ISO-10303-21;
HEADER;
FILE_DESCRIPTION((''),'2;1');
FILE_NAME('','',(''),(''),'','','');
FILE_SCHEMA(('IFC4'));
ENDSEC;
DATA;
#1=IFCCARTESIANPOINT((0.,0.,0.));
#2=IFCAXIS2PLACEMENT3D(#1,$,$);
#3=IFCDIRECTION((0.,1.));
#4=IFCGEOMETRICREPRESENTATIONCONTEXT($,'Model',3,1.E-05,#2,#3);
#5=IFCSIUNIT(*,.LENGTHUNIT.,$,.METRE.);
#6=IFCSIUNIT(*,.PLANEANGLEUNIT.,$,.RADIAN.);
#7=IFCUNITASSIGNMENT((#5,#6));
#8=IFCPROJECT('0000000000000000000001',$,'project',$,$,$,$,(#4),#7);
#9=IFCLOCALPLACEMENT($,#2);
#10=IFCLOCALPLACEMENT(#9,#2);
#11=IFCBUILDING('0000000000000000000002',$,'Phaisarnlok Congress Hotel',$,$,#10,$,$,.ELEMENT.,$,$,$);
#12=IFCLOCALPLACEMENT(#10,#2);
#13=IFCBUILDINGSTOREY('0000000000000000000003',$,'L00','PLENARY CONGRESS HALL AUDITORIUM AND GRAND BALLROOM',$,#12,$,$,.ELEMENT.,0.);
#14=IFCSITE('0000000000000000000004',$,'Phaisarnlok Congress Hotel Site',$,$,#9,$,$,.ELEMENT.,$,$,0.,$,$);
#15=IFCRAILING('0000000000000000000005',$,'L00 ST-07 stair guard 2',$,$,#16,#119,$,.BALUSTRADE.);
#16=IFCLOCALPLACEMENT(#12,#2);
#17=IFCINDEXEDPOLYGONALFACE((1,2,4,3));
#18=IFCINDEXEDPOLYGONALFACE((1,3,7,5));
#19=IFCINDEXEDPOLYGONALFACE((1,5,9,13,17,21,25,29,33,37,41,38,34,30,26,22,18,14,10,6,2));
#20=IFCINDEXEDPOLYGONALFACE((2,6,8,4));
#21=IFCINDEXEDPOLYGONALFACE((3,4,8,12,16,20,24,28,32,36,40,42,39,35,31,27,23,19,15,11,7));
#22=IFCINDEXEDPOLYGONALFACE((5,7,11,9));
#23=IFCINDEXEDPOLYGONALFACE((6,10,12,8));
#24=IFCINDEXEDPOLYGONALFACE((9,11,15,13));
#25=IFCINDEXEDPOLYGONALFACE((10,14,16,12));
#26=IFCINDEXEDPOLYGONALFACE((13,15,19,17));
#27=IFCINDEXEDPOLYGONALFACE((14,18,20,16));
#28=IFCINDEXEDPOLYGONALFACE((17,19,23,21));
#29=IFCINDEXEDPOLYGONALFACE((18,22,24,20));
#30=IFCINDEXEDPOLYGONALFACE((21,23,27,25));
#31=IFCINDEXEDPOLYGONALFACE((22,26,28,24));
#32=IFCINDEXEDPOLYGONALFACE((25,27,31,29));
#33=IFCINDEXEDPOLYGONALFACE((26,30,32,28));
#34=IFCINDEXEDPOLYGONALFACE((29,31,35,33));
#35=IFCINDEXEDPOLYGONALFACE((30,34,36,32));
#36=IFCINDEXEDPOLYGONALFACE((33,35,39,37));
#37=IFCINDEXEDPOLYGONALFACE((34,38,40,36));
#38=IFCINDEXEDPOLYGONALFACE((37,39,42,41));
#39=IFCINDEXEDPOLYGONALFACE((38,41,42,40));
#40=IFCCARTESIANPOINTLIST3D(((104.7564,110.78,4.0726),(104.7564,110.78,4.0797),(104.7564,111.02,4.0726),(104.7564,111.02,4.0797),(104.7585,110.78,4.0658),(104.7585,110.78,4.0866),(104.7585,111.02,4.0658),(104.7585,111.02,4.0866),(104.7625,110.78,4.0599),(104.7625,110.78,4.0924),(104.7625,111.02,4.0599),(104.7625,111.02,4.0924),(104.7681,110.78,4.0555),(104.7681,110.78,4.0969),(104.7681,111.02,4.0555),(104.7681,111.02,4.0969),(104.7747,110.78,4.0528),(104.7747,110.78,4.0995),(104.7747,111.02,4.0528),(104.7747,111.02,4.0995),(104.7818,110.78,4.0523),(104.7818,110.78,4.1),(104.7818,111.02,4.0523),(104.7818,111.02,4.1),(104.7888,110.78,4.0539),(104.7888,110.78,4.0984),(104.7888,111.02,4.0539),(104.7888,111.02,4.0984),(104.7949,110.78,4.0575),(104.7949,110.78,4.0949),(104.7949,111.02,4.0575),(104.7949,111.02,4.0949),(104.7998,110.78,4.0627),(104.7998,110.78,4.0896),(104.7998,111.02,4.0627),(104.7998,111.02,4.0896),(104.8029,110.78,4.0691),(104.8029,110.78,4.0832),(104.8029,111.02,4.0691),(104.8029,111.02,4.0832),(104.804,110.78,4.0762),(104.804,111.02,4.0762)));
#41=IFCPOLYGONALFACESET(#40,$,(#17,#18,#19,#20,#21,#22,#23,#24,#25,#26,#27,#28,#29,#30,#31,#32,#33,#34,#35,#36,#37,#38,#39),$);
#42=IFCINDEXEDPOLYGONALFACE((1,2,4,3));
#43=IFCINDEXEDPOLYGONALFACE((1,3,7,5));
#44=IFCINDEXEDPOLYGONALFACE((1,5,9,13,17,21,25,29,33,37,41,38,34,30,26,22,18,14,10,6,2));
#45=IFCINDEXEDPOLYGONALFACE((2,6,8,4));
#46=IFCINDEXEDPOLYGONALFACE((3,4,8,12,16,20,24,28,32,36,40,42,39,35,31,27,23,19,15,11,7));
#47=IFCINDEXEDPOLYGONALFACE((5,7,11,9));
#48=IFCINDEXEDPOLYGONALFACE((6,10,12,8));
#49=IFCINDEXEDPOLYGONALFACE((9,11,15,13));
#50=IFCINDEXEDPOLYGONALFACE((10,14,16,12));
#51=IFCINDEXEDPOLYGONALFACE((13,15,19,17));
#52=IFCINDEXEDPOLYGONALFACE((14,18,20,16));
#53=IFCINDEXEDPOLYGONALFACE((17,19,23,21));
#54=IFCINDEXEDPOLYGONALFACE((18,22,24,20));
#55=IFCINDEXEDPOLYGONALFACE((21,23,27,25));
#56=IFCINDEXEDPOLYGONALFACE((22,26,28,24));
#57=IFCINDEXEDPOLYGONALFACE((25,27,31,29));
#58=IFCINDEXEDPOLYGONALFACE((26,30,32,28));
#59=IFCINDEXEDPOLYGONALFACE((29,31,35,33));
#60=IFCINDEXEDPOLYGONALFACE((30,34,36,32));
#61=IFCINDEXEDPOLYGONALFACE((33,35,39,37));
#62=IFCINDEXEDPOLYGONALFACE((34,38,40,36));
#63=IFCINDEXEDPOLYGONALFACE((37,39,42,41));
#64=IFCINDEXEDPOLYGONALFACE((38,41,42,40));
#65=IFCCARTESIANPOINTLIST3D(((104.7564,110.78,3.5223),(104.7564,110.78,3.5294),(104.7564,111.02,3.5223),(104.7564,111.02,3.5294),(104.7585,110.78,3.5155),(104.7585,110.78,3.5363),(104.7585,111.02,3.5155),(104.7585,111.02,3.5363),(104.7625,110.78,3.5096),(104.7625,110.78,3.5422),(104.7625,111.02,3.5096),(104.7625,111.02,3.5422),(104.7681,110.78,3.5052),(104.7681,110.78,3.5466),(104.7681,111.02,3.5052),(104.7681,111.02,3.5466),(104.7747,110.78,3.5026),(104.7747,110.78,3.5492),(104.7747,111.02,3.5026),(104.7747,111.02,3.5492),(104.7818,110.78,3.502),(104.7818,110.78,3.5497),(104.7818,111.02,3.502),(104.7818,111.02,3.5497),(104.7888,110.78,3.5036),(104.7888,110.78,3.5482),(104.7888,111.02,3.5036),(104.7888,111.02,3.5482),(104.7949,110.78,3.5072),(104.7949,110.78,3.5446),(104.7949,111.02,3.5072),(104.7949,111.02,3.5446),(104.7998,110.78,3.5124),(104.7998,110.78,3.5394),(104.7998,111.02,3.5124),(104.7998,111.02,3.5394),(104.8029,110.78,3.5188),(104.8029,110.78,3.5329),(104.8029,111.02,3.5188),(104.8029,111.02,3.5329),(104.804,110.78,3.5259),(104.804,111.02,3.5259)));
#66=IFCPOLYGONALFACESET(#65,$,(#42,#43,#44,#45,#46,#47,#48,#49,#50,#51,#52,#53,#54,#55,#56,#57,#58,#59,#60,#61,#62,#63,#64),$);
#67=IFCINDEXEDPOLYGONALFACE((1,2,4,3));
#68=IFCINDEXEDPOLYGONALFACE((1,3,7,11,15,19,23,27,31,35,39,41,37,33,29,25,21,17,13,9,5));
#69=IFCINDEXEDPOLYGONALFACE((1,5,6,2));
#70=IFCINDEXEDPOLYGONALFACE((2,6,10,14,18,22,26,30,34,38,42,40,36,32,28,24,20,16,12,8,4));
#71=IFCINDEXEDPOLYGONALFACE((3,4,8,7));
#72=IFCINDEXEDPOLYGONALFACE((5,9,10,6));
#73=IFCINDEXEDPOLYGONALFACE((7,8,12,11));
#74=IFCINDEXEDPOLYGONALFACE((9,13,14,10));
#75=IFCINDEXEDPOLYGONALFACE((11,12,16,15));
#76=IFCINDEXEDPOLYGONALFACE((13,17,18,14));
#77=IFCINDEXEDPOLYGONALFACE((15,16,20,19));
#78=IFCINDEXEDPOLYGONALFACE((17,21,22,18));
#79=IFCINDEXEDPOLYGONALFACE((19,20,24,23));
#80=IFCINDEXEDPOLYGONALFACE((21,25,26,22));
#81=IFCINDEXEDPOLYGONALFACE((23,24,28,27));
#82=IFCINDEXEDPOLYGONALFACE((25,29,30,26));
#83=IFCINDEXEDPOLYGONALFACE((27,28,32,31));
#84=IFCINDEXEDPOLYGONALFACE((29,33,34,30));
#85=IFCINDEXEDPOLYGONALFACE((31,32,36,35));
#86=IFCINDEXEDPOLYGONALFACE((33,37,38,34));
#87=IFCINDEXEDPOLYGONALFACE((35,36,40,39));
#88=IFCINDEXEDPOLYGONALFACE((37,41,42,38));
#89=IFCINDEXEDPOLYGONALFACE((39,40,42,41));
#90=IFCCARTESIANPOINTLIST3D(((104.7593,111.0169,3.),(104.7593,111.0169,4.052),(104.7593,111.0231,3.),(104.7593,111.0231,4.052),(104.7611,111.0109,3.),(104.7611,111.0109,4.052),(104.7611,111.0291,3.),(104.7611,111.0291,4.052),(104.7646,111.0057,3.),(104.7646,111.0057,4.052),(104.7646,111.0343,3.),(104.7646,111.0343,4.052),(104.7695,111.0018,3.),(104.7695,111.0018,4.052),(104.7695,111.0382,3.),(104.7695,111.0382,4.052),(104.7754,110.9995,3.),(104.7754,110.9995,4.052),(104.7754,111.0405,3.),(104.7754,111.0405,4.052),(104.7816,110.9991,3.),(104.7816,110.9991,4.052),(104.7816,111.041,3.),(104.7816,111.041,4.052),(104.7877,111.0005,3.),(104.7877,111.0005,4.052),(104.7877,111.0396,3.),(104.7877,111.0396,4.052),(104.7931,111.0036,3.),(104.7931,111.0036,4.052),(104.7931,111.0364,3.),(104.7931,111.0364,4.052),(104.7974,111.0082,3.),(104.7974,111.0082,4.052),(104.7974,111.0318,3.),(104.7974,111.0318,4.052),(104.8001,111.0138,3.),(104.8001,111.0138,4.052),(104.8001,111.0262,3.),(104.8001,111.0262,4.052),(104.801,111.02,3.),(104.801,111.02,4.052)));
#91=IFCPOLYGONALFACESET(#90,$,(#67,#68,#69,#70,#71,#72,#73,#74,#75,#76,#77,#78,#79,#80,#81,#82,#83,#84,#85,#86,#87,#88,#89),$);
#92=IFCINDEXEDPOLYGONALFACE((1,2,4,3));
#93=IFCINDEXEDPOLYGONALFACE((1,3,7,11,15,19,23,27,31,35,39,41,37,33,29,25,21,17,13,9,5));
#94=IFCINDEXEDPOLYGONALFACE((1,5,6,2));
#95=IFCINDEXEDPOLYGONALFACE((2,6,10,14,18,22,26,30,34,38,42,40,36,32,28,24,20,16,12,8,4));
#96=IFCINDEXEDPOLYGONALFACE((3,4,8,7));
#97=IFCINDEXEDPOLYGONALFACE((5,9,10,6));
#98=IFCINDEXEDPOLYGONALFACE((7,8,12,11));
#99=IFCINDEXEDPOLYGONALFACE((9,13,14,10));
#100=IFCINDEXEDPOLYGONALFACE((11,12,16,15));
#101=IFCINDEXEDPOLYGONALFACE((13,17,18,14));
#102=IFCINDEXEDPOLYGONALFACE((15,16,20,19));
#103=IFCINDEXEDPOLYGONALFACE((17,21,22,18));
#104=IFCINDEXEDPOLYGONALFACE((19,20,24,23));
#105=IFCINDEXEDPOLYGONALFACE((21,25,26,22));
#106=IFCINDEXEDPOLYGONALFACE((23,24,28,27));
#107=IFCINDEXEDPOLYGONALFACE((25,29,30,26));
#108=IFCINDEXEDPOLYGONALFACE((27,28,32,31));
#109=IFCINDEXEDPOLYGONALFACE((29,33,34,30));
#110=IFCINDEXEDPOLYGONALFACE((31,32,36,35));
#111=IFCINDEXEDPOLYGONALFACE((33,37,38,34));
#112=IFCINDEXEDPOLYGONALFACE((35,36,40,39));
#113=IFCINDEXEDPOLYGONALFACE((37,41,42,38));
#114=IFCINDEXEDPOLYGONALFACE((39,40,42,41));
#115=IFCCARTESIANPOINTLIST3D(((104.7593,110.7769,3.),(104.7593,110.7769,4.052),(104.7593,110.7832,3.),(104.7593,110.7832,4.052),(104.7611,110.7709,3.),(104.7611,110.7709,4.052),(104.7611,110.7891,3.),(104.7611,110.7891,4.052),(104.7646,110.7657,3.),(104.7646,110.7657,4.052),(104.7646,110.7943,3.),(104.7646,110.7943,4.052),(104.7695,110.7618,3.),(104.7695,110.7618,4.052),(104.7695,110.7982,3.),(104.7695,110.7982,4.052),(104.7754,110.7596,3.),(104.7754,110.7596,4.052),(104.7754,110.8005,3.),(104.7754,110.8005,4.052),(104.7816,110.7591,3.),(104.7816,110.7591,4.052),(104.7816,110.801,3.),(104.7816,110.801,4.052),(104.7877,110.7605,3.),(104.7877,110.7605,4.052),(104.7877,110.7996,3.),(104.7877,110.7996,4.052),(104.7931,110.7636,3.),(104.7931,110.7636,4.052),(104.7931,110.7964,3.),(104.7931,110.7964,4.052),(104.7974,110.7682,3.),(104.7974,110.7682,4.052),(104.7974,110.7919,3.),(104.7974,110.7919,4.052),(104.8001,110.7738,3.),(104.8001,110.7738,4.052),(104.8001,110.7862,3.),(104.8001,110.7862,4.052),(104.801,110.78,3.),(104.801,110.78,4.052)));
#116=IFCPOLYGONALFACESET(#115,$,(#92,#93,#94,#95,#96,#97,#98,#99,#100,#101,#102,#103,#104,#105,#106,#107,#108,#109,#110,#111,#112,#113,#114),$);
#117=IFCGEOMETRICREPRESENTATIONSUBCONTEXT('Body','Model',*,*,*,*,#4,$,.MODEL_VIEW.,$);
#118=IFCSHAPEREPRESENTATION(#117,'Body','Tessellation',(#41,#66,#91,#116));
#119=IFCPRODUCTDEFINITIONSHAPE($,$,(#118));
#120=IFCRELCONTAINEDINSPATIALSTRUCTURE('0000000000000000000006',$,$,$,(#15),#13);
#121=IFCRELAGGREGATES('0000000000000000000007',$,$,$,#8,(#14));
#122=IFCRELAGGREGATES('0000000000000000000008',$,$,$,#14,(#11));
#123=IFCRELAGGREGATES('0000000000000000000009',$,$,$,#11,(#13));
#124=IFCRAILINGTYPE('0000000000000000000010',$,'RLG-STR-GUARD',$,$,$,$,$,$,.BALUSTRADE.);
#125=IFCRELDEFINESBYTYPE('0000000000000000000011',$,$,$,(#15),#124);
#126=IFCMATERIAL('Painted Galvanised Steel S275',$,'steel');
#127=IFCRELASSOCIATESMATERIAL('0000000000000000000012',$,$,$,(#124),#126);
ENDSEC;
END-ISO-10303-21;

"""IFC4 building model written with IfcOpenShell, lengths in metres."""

from ifc_helpers import new_model, si_unit, direction, frame, origin, origin_2d, place, context, subcontext, project, spatial, circle, extrude, material, type_object, element, save


model = new_model("IFC4")

# Units and contexts
model_context = context("Model", 3, precision=1e-05, world=origin(), true_north=direction((0.0, 1.0)))
body_context = subcontext(model_context, "Body", "Model", "MODEL_VIEW")
ifc_project = project(units=[si_unit("LENGTHUNIT", "METRE"), si_unit("PLANEANGLEUNIT", "RADIAN")], contexts=[model_context])

# Site, building, storey
site_placement = place(None, origin())
site = spatial("IfcSite", under=ifc_project, at=site_placement, Name="Phaisarnlok Congress Hotel Site", CompositionType="ELEMENT", RefElevation=0.0)
building_placement = place(site_placement, origin())
building = spatial("IfcBuilding", under=site, at=building_placement, Name="Phaisarnlok Congress Hotel", CompositionType="ELEMENT")
storey_placement = place(building_placement, origin())
storey = spatial("IfcBuildingStorey", under=building, at=storey_placement, Name="L00", Description="PLENARY CONGRESS HALL AUDITORIUM AND GRAND BALLROOM", CompositionType="ELEMENT", Elevation=0.0)

# Railing
ifc_material_1 = material(Name="Painted Galvanised Steel S275", Category="steel")
railing_type = type_object("IfcRailingType", Name="RLG-STR-GUARD", PredefinedType="BALUSTRADE", material=ifc_material_1)
railing_1_placement = place(storey_placement, frame((104.78, 111.02, 3.0)))
element("IfcRailing", 1, at=railing_1_placement, inside=storey, type_object=railing_type, Name="L00 ST-07 stair guard 2", PredefinedType="BALUSTRADE", context=body_context, shape_type="SweptSolid", body=[
    extrude(circle(Radius=0.0239, at=origin_2d()), frame((0.0, 0.0, 1.0762), z_axis=(0.0, -1.0, 0.0), x_axis=(1.0, 0.0, 0.0)), (0.0, 0.0, 1.0), 0.24),
    extrude(circle(Radius=0.0239, at=origin_2d()), frame((0.0, 0.0, 0.5259), z_axis=(0.0, -1.0, 0.0), x_axis=(1.0, 0.0, 0.0)), (0.0, 0.0, 1.0), 0.24),
    extrude(circle(Radius=0.021, at=origin_2d()), origin(), (0.0, 0.0, 1.0), 1.052),
    extrude(circle(Radius=0.021, at=origin_2d()), frame((0.0, -0.24, 0.0)), (0.0, 0.0, 1.0), 1.052),
])

save(model, "model.ifc")
